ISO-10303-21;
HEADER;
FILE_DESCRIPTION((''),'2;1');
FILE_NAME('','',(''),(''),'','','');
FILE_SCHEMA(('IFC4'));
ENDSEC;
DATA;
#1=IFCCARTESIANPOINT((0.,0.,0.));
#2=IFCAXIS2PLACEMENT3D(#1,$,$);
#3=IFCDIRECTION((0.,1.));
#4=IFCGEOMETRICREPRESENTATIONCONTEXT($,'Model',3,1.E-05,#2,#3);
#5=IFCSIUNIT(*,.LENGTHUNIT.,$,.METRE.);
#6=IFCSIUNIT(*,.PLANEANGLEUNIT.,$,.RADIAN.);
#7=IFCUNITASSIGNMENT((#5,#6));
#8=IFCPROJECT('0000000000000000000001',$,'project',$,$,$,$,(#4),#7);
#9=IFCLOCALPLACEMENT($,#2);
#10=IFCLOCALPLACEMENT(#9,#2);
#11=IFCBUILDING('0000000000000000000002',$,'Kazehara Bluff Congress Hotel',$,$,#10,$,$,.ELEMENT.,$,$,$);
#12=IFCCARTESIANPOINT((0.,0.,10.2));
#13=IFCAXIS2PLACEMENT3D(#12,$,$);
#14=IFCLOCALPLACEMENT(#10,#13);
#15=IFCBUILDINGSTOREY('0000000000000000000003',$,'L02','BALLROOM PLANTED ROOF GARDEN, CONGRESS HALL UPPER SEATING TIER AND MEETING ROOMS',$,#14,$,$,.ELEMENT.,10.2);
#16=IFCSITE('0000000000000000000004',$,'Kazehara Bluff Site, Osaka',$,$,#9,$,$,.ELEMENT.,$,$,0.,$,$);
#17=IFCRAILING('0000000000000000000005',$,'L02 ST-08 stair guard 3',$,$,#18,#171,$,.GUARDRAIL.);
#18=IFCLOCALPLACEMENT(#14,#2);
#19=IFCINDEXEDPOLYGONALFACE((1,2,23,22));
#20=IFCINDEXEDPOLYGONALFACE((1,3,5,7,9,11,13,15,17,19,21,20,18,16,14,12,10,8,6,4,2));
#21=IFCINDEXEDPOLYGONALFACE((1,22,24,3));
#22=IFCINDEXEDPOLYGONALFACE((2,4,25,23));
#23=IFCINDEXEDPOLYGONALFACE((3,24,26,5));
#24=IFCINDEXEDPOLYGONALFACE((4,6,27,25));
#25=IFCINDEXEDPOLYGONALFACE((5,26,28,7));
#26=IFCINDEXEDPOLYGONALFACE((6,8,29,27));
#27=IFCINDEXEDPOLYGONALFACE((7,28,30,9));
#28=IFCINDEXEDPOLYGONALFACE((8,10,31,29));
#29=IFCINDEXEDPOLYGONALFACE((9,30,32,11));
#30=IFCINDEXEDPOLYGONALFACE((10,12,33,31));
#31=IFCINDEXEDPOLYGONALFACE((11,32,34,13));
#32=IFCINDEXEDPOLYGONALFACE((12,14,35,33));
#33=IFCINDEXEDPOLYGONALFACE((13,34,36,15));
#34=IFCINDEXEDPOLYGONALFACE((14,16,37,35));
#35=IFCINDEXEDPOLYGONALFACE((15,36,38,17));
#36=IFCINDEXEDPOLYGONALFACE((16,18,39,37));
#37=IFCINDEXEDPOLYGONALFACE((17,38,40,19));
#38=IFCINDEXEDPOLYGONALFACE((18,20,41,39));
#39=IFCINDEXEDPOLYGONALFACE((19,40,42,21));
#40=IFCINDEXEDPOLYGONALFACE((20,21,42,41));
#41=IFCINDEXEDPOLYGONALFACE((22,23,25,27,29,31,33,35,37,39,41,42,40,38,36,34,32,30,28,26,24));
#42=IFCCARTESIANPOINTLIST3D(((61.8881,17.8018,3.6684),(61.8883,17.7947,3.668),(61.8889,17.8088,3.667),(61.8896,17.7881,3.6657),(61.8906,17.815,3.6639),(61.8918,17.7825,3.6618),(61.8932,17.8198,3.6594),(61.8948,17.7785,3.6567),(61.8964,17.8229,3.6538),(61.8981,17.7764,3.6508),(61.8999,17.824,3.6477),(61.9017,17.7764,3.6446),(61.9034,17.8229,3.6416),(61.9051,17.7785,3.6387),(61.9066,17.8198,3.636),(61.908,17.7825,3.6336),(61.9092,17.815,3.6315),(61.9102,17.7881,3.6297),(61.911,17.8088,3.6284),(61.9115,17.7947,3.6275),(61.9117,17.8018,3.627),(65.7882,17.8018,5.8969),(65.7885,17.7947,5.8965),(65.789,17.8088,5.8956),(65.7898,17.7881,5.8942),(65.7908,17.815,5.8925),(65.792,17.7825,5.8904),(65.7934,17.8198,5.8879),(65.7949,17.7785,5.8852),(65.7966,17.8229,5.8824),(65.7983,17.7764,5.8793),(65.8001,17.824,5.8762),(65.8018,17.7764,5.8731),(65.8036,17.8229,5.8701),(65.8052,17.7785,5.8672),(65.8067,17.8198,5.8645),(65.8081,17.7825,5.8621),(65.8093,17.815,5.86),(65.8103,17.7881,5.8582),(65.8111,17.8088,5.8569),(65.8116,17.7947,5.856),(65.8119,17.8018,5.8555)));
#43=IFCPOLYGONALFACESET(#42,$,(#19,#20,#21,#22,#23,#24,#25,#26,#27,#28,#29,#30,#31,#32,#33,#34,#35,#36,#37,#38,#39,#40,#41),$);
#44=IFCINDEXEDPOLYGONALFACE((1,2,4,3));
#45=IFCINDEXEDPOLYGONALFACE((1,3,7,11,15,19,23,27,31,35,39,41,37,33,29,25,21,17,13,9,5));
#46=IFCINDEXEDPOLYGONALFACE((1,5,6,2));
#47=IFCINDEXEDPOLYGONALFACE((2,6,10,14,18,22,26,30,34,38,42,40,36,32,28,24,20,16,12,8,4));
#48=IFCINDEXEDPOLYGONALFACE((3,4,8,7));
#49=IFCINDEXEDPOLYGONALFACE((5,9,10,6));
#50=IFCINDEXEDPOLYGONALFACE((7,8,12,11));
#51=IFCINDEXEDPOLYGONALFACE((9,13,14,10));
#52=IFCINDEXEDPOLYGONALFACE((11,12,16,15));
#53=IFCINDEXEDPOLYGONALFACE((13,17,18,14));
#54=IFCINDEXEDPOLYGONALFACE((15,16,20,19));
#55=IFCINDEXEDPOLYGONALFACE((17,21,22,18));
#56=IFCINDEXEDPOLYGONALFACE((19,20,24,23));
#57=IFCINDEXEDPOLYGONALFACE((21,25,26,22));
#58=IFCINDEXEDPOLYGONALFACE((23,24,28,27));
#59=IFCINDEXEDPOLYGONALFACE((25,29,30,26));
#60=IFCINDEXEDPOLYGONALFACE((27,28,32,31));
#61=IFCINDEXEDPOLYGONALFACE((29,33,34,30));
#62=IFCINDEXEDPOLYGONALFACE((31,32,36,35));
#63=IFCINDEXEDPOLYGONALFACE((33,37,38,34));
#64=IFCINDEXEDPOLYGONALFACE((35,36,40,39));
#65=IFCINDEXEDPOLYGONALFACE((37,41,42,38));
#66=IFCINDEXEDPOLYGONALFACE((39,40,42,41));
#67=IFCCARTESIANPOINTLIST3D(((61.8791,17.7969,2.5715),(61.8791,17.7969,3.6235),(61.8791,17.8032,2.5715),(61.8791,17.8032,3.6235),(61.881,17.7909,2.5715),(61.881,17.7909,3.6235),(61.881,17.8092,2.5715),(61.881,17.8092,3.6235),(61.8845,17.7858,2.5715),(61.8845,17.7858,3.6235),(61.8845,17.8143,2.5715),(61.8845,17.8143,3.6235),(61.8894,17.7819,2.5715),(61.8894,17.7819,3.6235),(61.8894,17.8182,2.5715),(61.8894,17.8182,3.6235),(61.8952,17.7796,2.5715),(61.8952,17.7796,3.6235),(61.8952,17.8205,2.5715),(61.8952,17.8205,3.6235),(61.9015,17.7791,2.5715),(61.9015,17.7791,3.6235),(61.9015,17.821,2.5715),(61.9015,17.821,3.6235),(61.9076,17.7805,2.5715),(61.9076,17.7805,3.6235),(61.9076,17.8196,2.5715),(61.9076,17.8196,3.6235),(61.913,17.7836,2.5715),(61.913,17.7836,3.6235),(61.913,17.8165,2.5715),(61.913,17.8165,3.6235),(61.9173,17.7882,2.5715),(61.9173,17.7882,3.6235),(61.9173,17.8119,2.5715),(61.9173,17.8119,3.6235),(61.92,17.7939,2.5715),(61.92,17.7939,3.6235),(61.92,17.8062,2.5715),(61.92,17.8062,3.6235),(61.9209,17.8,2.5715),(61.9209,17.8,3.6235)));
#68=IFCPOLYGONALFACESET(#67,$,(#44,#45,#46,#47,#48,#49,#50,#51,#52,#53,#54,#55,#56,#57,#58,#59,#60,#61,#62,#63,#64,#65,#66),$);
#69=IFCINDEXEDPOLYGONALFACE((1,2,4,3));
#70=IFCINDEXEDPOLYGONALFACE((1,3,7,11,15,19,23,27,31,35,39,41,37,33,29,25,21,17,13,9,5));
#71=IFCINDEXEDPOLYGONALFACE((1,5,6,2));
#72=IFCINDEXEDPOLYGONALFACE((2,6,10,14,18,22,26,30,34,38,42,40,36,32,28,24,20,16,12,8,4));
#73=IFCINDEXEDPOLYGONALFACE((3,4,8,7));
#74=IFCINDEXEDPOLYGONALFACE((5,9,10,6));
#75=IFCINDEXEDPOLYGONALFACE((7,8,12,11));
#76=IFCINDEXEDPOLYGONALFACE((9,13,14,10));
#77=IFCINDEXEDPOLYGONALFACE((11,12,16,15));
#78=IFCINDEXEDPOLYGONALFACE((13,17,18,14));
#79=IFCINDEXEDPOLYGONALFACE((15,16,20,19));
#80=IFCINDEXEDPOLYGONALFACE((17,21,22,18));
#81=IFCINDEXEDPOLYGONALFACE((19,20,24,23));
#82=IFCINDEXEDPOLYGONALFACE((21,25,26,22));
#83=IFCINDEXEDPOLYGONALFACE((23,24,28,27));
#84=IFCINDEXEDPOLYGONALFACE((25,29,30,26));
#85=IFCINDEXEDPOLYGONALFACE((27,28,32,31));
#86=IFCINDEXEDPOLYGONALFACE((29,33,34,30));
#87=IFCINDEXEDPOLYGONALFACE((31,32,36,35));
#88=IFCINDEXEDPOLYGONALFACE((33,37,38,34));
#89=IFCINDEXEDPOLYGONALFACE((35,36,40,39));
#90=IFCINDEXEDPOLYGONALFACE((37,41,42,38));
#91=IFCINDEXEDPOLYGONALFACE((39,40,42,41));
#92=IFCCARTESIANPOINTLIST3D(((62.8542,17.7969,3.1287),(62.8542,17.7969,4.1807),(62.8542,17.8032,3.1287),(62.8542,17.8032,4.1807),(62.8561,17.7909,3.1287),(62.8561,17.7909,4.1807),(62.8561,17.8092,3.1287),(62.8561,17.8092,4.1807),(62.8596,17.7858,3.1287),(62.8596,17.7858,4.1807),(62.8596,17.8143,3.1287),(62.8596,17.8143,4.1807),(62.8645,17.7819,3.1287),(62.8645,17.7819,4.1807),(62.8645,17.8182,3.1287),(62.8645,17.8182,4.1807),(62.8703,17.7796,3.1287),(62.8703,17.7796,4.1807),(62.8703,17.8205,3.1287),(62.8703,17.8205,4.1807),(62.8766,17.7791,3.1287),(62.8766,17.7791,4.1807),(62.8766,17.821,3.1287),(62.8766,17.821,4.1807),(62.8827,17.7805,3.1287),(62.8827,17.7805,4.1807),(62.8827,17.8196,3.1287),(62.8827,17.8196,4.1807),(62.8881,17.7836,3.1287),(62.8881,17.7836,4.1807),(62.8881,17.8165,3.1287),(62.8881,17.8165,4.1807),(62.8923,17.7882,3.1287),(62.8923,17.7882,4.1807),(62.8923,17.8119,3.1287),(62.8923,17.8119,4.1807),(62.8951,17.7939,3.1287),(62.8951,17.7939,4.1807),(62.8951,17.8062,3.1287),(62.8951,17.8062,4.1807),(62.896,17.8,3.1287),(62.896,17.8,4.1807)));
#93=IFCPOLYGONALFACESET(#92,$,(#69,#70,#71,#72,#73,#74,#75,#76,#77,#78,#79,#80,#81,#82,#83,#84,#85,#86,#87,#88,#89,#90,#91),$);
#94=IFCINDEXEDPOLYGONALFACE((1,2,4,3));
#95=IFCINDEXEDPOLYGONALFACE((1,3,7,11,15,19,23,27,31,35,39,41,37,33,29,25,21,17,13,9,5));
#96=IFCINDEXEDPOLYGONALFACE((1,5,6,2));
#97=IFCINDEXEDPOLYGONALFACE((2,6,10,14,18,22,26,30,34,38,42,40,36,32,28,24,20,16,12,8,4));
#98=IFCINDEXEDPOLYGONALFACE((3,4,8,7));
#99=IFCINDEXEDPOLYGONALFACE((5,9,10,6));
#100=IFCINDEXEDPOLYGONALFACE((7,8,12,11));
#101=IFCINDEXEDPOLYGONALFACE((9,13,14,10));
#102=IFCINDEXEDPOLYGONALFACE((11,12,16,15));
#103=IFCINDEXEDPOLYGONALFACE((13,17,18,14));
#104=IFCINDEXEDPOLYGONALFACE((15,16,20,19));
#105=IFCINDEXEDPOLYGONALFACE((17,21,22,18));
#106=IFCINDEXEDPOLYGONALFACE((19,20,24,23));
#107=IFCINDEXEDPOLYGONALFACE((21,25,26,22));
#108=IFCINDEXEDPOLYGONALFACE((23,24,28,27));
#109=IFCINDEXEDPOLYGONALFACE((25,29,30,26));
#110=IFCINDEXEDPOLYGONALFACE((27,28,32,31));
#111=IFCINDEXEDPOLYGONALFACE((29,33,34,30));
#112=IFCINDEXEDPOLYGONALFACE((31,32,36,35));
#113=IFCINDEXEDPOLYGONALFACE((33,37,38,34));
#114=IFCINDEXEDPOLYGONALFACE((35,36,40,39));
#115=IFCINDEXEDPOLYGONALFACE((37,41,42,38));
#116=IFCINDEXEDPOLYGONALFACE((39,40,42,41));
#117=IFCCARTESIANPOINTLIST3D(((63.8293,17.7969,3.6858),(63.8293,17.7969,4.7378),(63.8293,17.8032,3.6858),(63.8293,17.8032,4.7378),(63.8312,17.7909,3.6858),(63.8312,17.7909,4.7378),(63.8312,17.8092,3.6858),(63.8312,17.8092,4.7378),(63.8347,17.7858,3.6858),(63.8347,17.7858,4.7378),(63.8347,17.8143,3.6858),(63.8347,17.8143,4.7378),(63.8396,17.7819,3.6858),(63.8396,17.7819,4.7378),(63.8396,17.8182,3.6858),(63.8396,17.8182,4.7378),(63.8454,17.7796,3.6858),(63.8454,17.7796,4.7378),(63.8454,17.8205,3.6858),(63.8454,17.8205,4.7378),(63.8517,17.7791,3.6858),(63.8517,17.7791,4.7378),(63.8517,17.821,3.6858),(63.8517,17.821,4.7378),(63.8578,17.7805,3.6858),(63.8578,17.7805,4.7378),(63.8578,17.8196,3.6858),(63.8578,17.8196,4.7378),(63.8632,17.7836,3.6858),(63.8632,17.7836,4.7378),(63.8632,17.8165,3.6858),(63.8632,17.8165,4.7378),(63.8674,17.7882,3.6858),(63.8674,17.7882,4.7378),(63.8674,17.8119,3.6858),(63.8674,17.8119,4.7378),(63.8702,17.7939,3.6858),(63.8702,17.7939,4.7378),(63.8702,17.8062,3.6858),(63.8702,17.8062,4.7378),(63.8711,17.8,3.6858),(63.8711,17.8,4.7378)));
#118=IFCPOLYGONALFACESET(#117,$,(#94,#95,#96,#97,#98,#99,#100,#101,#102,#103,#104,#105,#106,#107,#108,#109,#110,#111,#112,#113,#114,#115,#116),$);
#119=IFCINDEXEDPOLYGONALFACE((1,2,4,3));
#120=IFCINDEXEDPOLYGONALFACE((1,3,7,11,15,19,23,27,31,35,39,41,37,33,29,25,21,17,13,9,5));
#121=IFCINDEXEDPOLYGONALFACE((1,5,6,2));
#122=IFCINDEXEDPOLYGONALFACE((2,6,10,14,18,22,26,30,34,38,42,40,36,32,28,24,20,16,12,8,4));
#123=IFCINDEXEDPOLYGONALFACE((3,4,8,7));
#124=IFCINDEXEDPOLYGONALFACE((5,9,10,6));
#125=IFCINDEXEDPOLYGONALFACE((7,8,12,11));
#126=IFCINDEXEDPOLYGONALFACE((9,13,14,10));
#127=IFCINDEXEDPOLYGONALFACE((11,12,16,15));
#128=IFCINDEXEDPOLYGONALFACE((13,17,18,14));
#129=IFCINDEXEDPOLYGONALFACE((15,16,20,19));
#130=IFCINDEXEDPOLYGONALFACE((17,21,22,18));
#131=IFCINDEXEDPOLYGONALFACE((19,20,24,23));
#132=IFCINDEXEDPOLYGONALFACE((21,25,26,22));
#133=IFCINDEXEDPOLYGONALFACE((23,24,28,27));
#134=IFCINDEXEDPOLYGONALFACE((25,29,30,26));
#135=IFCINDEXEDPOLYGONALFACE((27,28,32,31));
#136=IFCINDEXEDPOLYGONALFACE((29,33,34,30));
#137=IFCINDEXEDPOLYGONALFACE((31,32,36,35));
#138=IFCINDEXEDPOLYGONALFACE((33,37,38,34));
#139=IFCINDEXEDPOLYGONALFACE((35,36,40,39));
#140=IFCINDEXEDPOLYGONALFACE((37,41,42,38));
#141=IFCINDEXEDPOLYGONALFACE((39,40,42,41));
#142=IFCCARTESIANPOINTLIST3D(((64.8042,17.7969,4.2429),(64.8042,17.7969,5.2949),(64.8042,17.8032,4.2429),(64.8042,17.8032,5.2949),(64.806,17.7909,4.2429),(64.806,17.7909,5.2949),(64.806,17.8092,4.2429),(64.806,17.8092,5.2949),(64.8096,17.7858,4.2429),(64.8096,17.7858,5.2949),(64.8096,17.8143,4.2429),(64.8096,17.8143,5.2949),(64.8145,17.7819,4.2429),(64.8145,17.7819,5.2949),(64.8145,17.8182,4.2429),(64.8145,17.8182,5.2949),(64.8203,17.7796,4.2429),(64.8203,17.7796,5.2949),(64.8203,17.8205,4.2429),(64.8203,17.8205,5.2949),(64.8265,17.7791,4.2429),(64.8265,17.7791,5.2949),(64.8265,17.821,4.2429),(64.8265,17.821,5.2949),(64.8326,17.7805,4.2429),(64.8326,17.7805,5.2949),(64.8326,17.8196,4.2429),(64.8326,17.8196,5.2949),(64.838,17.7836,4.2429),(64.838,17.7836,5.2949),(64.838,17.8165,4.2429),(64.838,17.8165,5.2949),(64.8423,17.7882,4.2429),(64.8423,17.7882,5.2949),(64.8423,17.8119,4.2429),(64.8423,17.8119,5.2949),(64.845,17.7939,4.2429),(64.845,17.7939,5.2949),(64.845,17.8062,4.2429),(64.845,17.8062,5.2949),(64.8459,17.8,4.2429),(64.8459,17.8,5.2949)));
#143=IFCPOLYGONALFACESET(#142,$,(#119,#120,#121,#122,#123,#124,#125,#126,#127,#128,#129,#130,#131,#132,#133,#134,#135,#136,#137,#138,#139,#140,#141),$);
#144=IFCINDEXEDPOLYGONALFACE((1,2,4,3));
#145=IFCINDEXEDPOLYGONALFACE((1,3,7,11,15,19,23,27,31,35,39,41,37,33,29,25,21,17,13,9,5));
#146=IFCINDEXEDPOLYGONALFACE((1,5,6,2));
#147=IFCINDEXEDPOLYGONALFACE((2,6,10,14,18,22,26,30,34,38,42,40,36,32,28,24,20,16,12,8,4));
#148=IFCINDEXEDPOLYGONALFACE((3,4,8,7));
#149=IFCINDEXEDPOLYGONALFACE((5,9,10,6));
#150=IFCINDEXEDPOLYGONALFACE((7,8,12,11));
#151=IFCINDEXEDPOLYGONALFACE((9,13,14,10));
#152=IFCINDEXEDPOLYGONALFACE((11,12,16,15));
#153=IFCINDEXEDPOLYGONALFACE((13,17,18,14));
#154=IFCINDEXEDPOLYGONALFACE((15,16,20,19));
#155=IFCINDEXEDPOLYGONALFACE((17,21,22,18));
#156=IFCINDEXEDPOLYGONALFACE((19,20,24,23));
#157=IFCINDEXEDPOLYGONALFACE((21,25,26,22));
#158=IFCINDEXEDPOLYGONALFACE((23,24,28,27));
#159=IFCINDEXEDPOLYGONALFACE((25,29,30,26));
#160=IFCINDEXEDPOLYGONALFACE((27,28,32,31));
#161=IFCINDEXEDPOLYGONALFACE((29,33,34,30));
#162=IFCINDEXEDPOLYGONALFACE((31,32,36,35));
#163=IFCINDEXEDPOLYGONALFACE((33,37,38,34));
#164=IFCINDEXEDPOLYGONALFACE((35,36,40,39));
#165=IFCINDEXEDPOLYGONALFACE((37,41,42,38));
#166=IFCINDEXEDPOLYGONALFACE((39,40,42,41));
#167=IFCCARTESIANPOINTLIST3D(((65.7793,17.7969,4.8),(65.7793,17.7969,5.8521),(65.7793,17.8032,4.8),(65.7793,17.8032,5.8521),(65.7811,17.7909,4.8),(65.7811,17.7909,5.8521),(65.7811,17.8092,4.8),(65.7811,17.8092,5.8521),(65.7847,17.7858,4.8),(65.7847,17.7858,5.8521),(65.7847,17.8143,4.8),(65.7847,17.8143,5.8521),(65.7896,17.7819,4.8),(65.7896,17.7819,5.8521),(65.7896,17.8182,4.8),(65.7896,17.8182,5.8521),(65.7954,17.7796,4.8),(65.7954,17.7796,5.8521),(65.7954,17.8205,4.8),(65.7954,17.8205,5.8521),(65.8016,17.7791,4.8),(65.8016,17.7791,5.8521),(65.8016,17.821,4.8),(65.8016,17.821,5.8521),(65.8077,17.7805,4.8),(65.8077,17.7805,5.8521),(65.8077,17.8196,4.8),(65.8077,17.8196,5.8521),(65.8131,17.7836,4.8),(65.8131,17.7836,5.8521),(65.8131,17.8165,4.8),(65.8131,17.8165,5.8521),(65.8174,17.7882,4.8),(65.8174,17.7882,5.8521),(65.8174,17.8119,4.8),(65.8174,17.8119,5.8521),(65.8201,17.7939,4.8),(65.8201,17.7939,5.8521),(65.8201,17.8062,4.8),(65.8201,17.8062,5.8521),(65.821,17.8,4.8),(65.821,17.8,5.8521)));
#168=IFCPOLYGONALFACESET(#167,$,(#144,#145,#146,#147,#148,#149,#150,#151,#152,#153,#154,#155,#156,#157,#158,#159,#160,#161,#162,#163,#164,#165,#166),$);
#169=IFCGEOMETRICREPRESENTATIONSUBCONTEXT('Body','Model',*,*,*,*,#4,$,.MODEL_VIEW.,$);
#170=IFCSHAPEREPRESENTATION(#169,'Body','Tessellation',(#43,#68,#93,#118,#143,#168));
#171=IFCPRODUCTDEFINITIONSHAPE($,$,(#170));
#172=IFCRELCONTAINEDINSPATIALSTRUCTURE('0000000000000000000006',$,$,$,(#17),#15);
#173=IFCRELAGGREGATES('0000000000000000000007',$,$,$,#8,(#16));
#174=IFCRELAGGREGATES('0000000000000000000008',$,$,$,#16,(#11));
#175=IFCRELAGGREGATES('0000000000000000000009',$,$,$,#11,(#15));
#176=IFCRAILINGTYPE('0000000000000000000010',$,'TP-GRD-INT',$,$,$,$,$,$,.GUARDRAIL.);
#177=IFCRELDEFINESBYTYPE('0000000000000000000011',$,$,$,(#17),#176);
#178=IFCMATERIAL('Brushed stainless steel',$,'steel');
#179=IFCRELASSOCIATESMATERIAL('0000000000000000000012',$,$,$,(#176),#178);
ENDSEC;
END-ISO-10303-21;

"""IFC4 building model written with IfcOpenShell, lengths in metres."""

from ifc_helpers import new_model, si_unit, direction, frame, origin, origin_2d, place, context, subcontext, project, spatial, circle, extrude, material, type_object, element, save


model = new_model("IFC4")

# Units and contexts
model_context = context("Model", 3, precision=1e-05, world=origin(), true_north=direction((0.0, 1.0)))
body_context = subcontext(model_context, "Body", "Model", "MODEL_VIEW")
ifc_project = project(units=[si_unit("LENGTHUNIT", "METRE"), si_unit("PLANEANGLEUNIT", "RADIAN")], contexts=[model_context])

# Site, building, storey
site_placement = place(None, origin())
site = spatial("IfcSite", under=ifc_project, at=site_placement, Name="Kazehara Bluff Site, Osaka", CompositionType="ELEMENT", RefElevation=0.0)
building_placement = place(site_placement, origin())
building = spatial("IfcBuilding", under=site, at=building_placement, Name="Kazehara Bluff Congress Hotel", CompositionType="ELEMENT")
storey_placement = place(building_placement, frame((0.0, 0.0, 10.2)))
storey = spatial("IfcBuildingStorey", under=building, at=storey_placement, Name="L02", Description="BALLROOM PLANTED ROOF GARDEN, CONGRESS HALL UPPER SEATING TIER AND MEETING ROOMS", CompositionType="ELEMENT", Elevation=10.2)

# Railing
ifc_material_1 = material(Name="Brushed stainless steel", Category="steel")
railing_type = type_object("IfcRailingType", Name="TP-GRD-INT", PredefinedType="GUARDRAIL", material=ifc_material_1)
railing_1_placement = place(storey_placement, frame((61.8999, 17.8, 2.5715)))
element("IfcRailing", 1, at=railing_1_placement, inside=storey, type_object=railing_type, Name="L02 ST-08 stair guard 3", PredefinedType="GUARDRAIL", context=body_context, shape_type="SweptSolid", body=[
    extrude(circle(Radius=0.0239, at=origin_2d()), frame((0.0, 0.0, 1.0762), z_axis=(0.868257, 0.0, 0.496116), x_axis=(0.0, 1.0, 0.0)), (0.0, 0.0, 1.0), 4.4919),
    extrude(circle(Radius=0.021, at=origin_2d()), origin(), (0.0, 0.0, 1.0), 1.052),
    extrude(circle(Radius=0.021, at=origin_2d()), frame((0.9751, 0.0, 0.5571)), (0.0, 0.0, 1.0), 1.052),
    extrude(circle(Radius=0.021, at=origin_2d()), frame((1.9502, 0.0, 1.1143)), (0.0, 0.0, 1.0), 1.052),
    extrude(circle(Radius=0.021, at=origin_2d()), frame((2.925, 0.0, 1.6714)), (0.0, 0.0, 1.0), 1.052),
    extrude(circle(Radius=0.021, at=origin_2d()), frame((3.9001, 0.0, 2.2285)), (0.0, 0.0, 1.0), 1.052),
])

save(model, "model.ifc")
